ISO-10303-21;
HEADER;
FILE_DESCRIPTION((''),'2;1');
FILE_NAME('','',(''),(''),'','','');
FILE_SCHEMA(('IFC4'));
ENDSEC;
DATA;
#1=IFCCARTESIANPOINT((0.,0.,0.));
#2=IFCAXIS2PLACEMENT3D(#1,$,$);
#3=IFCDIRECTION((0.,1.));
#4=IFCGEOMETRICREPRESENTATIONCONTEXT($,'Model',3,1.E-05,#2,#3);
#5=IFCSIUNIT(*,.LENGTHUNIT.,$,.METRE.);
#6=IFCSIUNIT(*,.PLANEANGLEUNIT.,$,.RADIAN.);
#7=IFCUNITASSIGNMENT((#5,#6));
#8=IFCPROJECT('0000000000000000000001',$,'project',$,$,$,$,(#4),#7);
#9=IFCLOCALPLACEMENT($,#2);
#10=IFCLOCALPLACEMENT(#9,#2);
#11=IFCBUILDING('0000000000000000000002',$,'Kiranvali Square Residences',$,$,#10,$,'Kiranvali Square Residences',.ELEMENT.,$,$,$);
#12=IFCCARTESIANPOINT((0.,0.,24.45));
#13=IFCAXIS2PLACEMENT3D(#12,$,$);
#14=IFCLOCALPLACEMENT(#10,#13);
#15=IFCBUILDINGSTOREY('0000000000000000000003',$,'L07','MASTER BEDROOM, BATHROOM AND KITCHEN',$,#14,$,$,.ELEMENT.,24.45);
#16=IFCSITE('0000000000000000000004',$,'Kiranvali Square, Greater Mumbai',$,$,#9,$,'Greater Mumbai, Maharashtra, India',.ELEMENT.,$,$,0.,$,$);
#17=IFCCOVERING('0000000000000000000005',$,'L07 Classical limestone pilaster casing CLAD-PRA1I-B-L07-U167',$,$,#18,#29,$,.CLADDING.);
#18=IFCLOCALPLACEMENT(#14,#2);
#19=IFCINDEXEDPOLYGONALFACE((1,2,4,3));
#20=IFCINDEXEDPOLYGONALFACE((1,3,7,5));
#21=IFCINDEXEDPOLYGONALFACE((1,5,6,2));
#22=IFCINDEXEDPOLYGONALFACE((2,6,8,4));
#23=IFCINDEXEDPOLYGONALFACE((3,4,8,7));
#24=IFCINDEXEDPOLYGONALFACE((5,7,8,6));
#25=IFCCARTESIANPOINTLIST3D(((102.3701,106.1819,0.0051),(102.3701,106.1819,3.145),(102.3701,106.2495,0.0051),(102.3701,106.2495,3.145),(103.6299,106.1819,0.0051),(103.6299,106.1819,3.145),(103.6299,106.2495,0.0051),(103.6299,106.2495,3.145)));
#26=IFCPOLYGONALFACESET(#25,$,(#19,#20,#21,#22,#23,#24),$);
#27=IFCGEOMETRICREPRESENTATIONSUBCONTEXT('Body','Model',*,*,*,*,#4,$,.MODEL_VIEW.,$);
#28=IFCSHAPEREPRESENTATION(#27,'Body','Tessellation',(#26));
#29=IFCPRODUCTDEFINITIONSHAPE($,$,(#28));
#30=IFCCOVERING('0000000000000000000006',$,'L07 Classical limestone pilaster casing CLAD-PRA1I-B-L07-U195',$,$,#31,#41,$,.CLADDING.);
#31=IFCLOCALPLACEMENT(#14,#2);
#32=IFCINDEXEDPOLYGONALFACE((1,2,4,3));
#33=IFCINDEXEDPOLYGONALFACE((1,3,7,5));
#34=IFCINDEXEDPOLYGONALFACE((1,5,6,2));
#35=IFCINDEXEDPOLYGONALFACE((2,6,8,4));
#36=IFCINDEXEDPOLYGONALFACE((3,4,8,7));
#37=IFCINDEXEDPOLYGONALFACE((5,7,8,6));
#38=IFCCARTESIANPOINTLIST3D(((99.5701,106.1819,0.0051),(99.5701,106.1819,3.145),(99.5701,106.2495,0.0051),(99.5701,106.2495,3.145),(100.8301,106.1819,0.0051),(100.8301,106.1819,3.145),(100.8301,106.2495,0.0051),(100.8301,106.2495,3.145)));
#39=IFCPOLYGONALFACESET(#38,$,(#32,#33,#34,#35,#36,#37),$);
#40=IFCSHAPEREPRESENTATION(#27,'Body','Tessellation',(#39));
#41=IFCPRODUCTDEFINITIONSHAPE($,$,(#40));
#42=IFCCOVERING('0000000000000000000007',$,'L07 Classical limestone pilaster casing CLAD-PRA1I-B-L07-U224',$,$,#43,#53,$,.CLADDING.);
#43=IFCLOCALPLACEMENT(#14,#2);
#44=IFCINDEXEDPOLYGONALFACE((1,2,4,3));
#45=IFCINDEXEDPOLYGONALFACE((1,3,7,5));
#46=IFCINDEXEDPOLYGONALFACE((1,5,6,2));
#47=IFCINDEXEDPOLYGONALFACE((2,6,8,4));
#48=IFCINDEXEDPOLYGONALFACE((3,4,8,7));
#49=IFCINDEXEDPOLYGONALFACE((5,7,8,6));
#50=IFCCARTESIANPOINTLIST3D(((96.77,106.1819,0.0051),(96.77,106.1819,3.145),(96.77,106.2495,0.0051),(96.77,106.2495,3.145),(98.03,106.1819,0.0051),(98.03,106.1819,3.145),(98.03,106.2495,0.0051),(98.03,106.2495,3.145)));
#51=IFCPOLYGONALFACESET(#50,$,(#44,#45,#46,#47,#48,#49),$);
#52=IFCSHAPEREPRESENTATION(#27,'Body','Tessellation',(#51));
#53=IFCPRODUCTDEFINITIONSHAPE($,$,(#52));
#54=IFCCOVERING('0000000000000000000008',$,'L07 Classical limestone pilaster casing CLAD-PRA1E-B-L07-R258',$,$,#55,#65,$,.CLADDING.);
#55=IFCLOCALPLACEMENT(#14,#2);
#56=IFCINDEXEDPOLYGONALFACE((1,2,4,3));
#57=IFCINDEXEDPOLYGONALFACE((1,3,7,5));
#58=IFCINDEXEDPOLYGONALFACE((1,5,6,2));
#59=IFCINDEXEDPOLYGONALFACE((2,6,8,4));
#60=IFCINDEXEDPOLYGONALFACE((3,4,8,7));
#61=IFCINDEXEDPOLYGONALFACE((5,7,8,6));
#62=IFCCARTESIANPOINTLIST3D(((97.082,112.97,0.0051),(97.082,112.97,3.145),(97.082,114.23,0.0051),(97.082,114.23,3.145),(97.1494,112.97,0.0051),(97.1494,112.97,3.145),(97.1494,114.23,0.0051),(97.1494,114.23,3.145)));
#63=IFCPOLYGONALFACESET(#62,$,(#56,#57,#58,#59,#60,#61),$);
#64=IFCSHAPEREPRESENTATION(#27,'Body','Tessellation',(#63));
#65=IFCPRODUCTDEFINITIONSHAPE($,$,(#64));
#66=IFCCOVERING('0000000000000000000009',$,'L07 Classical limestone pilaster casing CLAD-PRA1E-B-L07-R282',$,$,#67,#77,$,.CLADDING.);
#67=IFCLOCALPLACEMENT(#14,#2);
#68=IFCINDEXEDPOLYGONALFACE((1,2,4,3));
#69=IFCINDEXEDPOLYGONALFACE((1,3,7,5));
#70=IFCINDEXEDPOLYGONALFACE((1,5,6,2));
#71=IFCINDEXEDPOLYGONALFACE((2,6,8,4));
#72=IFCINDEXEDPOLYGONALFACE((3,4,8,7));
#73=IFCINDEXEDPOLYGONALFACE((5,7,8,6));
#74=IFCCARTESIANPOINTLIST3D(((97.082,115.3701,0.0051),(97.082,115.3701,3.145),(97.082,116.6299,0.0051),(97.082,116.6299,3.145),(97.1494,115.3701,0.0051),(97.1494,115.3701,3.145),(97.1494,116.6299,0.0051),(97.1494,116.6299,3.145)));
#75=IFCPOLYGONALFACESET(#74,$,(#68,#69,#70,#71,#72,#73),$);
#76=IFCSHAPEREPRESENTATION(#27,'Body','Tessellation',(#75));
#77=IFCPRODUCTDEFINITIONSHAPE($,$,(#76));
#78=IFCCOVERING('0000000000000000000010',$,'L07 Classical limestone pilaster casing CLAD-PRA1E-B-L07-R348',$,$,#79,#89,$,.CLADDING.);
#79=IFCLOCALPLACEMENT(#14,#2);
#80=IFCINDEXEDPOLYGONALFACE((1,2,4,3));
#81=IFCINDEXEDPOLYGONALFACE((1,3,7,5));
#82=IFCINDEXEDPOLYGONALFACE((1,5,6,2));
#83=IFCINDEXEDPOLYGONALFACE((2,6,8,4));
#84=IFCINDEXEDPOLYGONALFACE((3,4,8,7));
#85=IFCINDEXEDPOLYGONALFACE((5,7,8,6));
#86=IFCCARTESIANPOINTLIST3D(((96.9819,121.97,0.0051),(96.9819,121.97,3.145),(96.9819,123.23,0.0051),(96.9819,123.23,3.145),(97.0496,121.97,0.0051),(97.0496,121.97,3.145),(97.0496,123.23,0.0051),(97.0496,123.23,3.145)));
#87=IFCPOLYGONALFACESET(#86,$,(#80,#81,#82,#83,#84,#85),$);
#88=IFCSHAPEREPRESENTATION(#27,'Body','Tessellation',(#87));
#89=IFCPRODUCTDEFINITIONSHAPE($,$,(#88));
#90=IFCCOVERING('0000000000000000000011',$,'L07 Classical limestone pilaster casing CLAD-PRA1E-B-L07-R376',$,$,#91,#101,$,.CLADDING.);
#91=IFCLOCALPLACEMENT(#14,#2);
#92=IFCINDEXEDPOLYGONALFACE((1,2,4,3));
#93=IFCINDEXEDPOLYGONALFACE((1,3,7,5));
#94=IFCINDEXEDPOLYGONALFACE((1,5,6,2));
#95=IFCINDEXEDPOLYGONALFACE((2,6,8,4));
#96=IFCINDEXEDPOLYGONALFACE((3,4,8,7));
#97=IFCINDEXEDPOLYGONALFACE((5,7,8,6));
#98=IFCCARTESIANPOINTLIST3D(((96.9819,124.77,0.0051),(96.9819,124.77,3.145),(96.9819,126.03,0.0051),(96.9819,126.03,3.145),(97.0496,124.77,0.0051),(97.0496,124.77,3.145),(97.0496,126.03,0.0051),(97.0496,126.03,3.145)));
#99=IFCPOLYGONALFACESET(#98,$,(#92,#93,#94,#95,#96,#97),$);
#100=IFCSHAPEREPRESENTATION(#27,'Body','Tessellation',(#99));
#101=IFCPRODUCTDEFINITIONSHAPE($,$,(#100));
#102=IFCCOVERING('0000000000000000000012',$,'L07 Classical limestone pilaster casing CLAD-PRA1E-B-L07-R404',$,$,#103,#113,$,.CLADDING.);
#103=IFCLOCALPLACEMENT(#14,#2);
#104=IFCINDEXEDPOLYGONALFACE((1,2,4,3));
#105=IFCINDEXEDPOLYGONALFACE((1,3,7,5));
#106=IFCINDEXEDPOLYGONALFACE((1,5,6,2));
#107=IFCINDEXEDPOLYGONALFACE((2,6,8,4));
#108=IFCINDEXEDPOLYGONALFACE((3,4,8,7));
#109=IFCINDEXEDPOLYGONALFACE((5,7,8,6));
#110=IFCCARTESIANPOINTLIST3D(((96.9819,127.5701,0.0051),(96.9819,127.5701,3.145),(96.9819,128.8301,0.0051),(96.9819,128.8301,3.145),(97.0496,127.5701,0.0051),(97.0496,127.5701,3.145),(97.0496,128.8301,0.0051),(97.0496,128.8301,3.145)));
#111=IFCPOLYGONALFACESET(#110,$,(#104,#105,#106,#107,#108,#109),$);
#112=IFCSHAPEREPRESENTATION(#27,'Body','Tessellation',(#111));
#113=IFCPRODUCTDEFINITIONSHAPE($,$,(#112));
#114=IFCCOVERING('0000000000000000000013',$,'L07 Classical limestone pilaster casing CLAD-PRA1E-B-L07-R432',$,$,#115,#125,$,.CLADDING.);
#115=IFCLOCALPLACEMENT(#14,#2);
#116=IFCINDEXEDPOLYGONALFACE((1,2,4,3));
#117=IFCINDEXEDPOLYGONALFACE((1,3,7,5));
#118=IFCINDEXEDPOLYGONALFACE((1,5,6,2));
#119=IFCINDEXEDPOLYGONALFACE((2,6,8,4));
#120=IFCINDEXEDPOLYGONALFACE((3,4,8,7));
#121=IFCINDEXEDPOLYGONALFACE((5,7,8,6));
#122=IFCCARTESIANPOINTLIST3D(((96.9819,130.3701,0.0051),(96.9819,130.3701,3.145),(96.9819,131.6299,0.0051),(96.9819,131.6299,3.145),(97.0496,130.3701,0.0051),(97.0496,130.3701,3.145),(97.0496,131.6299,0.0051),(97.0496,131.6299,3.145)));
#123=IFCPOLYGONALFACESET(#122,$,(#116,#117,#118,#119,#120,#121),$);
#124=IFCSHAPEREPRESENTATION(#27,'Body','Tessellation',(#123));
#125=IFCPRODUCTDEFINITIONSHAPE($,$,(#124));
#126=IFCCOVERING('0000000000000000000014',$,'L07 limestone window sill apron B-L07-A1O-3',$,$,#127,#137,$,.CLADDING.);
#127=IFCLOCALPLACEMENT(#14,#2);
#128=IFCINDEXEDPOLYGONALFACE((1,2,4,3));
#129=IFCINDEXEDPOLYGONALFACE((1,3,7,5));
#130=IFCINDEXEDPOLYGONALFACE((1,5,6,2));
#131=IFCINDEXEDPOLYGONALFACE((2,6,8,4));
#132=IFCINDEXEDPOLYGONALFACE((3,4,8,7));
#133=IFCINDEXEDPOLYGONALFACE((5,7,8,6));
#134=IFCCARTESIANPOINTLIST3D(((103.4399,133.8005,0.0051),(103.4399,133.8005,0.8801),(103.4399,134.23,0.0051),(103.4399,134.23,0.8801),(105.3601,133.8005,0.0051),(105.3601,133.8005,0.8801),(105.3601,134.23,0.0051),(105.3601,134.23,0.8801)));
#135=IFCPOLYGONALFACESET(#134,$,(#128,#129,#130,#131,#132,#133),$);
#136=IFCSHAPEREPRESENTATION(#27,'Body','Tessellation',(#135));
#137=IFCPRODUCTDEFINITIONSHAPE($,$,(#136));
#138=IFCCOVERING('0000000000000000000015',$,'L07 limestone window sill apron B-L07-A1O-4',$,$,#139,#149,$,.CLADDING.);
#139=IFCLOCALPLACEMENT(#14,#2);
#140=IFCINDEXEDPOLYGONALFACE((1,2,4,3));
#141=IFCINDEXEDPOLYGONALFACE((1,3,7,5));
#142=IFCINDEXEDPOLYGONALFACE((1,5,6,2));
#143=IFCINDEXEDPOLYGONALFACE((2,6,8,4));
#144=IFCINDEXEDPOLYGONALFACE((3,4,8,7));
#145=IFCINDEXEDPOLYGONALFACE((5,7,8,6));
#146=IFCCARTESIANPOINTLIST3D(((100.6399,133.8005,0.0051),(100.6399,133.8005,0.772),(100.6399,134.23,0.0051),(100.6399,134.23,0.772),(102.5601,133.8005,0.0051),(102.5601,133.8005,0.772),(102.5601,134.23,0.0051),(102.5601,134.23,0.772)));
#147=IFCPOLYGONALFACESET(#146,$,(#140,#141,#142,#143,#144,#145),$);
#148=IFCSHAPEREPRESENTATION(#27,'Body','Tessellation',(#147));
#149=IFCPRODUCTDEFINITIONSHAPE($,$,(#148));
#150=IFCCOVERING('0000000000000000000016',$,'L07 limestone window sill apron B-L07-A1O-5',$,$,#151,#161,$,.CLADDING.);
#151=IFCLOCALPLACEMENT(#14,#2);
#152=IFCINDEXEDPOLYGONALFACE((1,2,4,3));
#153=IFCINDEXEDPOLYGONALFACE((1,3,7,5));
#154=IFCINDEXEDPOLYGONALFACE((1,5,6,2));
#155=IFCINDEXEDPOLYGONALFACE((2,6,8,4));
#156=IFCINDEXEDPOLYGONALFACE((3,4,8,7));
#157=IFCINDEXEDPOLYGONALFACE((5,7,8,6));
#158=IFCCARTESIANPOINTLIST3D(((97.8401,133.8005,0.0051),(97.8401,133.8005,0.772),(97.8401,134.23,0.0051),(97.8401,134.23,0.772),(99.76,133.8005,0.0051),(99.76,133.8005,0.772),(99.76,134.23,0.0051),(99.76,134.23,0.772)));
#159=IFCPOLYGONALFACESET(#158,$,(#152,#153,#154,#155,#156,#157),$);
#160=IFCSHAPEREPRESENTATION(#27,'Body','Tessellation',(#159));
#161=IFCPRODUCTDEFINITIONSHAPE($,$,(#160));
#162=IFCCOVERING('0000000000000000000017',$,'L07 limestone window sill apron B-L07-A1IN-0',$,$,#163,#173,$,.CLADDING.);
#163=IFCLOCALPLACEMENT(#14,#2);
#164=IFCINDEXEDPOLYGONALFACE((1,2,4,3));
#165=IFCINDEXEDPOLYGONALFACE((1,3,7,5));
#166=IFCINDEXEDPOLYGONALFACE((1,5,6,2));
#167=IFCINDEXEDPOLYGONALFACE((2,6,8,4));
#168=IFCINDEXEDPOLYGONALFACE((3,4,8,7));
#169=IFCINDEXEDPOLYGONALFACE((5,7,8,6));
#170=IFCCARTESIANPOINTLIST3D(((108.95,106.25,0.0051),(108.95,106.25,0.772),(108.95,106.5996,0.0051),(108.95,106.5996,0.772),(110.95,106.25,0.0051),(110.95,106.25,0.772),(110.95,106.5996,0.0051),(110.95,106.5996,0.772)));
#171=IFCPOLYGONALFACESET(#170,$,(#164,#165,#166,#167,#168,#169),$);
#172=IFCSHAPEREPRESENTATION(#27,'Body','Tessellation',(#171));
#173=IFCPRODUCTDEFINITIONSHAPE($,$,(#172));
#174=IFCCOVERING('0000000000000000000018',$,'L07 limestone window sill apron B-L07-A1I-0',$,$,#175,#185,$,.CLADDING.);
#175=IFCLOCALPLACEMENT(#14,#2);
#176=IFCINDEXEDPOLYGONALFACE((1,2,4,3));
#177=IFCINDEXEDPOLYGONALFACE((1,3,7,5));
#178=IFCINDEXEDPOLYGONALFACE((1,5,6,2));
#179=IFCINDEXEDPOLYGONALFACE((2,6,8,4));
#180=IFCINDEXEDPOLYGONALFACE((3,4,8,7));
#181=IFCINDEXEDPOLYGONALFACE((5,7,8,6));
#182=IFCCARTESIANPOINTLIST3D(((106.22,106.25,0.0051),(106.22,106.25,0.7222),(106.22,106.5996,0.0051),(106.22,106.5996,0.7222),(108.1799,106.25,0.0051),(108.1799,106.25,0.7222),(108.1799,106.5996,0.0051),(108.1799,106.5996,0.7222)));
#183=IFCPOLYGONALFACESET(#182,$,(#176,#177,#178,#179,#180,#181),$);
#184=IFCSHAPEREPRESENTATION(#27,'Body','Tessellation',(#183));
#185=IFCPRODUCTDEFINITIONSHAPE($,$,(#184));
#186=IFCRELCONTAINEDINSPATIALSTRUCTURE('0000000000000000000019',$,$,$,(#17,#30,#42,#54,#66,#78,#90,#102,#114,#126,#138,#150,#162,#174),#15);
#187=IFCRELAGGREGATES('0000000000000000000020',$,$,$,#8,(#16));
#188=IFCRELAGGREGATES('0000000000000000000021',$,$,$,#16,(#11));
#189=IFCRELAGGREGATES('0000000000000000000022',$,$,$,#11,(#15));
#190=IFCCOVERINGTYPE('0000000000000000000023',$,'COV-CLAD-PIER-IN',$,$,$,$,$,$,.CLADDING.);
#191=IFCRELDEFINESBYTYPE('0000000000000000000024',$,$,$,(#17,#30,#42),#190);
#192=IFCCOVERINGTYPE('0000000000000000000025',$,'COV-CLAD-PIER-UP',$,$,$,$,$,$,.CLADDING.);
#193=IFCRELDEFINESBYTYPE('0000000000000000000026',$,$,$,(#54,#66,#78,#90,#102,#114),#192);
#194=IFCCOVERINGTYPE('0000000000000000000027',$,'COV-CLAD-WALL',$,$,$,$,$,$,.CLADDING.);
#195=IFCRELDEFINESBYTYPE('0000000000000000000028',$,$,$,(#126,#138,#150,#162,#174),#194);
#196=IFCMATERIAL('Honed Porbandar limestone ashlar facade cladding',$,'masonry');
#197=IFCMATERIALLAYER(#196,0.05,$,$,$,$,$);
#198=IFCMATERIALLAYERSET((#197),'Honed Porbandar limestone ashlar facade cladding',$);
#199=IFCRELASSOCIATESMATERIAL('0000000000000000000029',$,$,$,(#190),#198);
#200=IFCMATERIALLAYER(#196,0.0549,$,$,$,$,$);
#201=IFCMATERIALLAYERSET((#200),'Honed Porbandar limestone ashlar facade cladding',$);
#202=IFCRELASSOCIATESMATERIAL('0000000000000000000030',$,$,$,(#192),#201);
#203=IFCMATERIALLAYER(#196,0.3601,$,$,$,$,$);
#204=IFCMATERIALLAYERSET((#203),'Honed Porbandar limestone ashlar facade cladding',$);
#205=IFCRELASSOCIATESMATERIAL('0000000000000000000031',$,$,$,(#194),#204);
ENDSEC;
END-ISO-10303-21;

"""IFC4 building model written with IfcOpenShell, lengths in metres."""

from ifc_helpers import new_model, si_unit, direction, frame, origin, place, context, subcontext, project, spatial, polyline, outline, extrude, material, layer, layer_set, type_object, element, save


model = new_model("IFC4")

# Units and contexts
model_context = context("Model", 3, precision=1e-05, world=origin(), true_north=direction((0.0, 1.0)))
body_context = subcontext(model_context, "Body", "Model", "MODEL_VIEW")
ifc_project = project(units=[si_unit("LENGTHUNIT", "METRE"), si_unit("PLANEANGLEUNIT", "RADIAN")], contexts=[model_context])

# Site, building, storey
site_placement = place(None, origin())
site = spatial("IfcSite", under=ifc_project, at=site_placement, Name="Kiranvali Square, Greater Mumbai", LongName="Greater Mumbai, Maharashtra, India", CompositionType="ELEMENT", RefElevation=0.0)
building_placement = place(site_placement, origin())
building = spatial("IfcBuilding", under=site, at=building_placement, Name="Kiranvali Square Residences", LongName="Kiranvali Square Residences", CompositionType="ELEMENT")
storey_placement = place(building_placement, frame((0.0, 0.0, 24.45)))
storey = spatial("IfcBuildingStorey", under=building, at=storey_placement, Name="L07", Description="MASTER BEDROOM, BATHROOM AND KITCHEN", CompositionType="ELEMENT", Elevation=24.45)

# Coverings
ifc_material_1 = material(Name="Honed Porbandar limestone ashlar facade cladding", Category="masonry")
ifc_layer_1 = layer(ifc_material_1, 0.05)
ifc_layer_set_1 = layer_set([ifc_layer_1], Name="Honed Porbandar limestone ashlar facade cladding")
covering_type_1 = type_object("IfcCoveringType", Name="COV-CLAD-PIER-IN", PredefinedType="CLADDING", material=ifc_layer_set_1)
covering_1_placement = place(storey_placement, frame((0.0, 0.0, 0.0051)))
element("IfcCovering", 1, at=covering_1_placement, inside=storey, type_object=covering_type_1, Name="L07 Classical limestone pilaster casing CLAD-PRA1I-B-L07-U167", PredefinedType="CLADDING", context=body_context, shape_type="SweptSolid", body=[
    extrude(outline(polyline([(103.6299, 106.2495), (102.3701, 106.2495), (102.3701, 106.1819), (103.6299, 106.1819), (103.6299, 106.2495)])), origin(), (0.0, 0.0, 1.0), 3.1399),
])
covering_2_placement = place(storey_placement, frame((0.0, 0.0, 0.0051)))
element("IfcCovering", 2, at=covering_2_placement, inside=storey, type_object=covering_type_1, Name="L07 Classical limestone pilaster casing CLAD-PRA1I-B-L07-U195", PredefinedType="CLADDING", context=body_context, shape_type="SweptSolid", body=[
    extrude(outline(polyline([(100.8301, 106.2495), (99.5701, 106.2495), (99.5701, 106.1819), (100.8301, 106.1819), (100.8301, 106.2495)])), origin(), (0.0, 0.0, 1.0), 3.1399),
])
covering_3_placement = place(storey_placement, frame((0.0, 0.0, 0.0051)))
element("IfcCovering", 3, at=covering_3_placement, inside=storey, type_object=covering_type_1, Name="L07 Classical limestone pilaster casing CLAD-PRA1I-B-L07-U224", PredefinedType="CLADDING", context=body_context, shape_type="SweptSolid", body=[
    extrude(outline(polyline([(98.03, 106.2495), (96.77, 106.2495), (96.77, 106.1819), (98.03, 106.1819), (98.03, 106.2495)])), origin(), (0.0, 0.0, 1.0), 3.1399),
])
ifc_layer_2 = layer(ifc_material_1, 0.0549)
ifc_layer_set_2 = layer_set([ifc_layer_2], Name="Honed Porbandar limestone ashlar facade cladding")
covering_type_2 = type_object("IfcCoveringType", Name="COV-CLAD-PIER-UP", PredefinedType="CLADDING", material=ifc_layer_set_2)
covering_4_placement = place(storey_placement, frame((0.0, 0.0, 0.0051)))
element("IfcCovering", 4, at=covering_4_placement, inside=storey, type_object=covering_type_2, Name="L07 Classical limestone pilaster casing CLAD-PRA1E-B-L07-R258", PredefinedType="CLADDING", context=body_context, shape_type="SweptSolid", body=[
    extrude(outline(polyline([(97.1494, 112.97), (97.1494, 114.23), (97.082, 114.23), (97.082, 112.97), (97.1494, 112.97)])), origin(), (0.0, 0.0, 1.0), 3.1399),
])
covering_5_placement = place(storey_placement, frame((0.0, 0.0, 0.0051)))
element("IfcCovering", 5, at=covering_5_placement, inside=storey, type_object=covering_type_2, Name="L07 Classical limestone pilaster casing CLAD-PRA1E-B-L07-R282", PredefinedType="CLADDING", context=body_context, shape_type="SweptSolid", body=[
    extrude(outline(polyline([(97.1494, 115.3701), (97.1494, 116.6299), (97.082, 116.6299), (97.082, 115.3701), (97.1494, 115.3701)])), origin(), (0.0, 0.0, 1.0), 3.1399),
])
covering_6_placement = place(storey_placement, frame((0.0, 0.0, 0.0051)))
element("IfcCovering", 6, at=covering_6_placement, inside=storey, type_object=covering_type_2, Name="L07 Classical limestone pilaster casing CLAD-PRA1E-B-L07-R348", PredefinedType="CLADDING", context=body_context, shape_type="SweptSolid", body=[
    extrude(outline(polyline([(97.0496, 121.97), (97.0496, 123.23), (96.9819, 123.23), (96.9819, 121.97), (97.0496, 121.97)])), origin(), (0.0, 0.0, 1.0), 3.1399),
])
covering_7_placement = place(storey_placement, frame((0.0, 0.0, 0.0051)))
element("IfcCovering", 7, at=covering_7_placement, inside=storey, type_object=covering_type_2, Name="L07 Classical limestone pilaster casing CLAD-PRA1E-B-L07-R376", PredefinedType="CLADDING", context=body_context, shape_type="SweptSolid", body=[
    extrude(outline(polyline([(97.0496, 124.77), (97.0496, 126.03), (96.9819, 126.03), (96.9819, 124.77), (97.0496, 124.77)])), origin(), (0.0, 0.0, 1.0), 3.1399),
])
covering_8_placement = place(storey_placement, frame((0.0, 0.0, 0.0051)))
element("IfcCovering", 8, at=covering_8_placement, inside=storey, type_object=covering_type_2, Name="L07 Classical limestone pilaster casing CLAD-PRA1E-B-L07-R404", PredefinedType="CLADDING", context=body_context, shape_type="SweptSolid", body=[
    extrude(outline(polyline([(97.0496, 127.5701), (97.0496, 128.8301), (96.9819, 128.8301), (96.9819, 127.5701), (97.0496, 127.5701)])), origin(), (0.0, 0.0, 1.0), 3.1399),
])
covering_9_placement = place(storey_placement, frame((0.0, 0.0, 0.0051)))
element("IfcCovering", 9, at=covering_9_placement, inside=storey, type_object=covering_type_2, Name="L07 Classical limestone pilaster casing CLAD-PRA1E-B-L07-R432", PredefinedType="CLADDING", context=body_context, shape_type="SweptSolid", body=[
    extrude(outline(polyline([(97.0496, 130.3701), (97.0496, 131.6299), (96.9819, 131.6299), (96.9819, 130.3701), (97.0496, 130.3701)])), origin(), (0.0, 0.0, 1.0), 3.1399),
])
ifc_layer_3 = layer(ifc_material_1, 0.3601)
ifc_layer_set_3 = layer_set([ifc_layer_3], Name="Honed Porbandar limestone ashlar facade cladding")
covering_type_3 = type_object("IfcCoveringType", Name="COV-CLAD-WALL", PredefinedType="CLADDING", material=ifc_layer_set_3)
covering_10_placement = place(storey_placement, frame((0.0, 0.0, 0.0051)))
element("IfcCovering", 10, at=covering_10_placement, inside=storey, type_object=covering_type_3, Name="L07 limestone window sill apron B-L07-A1O-3", PredefinedType="CLADDING", context=body_context, shape_type="SweptSolid", body=[
    extrude(outline(polyline([(105.3601, 134.23), (103.4399, 134.23), (103.4399, 133.8005), (105.3601, 133.8005), (105.3601, 134.23)])), origin(), (0.0, 0.0, 1.0), 0.875),
])
covering_11_placement = place(storey_placement, frame((0.0, 0.0, 0.0051)))
element("IfcCovering", 11, at=covering_11_placement, inside=storey, type_object=covering_type_3, Name="L07 limestone window sill apron B-L07-A1O-4", PredefinedType="CLADDING", context=body_context, shape_type="SweptSolid", body=[
    extrude(outline(polyline([(102.5601, 134.23), (100.6399, 134.23), (100.6399, 133.8005), (102.5601, 133.8005), (102.5601, 134.23)])), origin(), (0.0, 0.0, 1.0), 0.7668),
])
covering_12_placement = place(storey_placement, frame((0.0, 0.0, 0.0051)))
element("IfcCovering", 12, at=covering_12_placement, inside=storey, type_object=covering_type_3, Name="L07 limestone window sill apron B-L07-A1O-5", PredefinedType="CLADDING", context=body_context, shape_type="SweptSolid", body=[
    extrude(outline(polyline([(99.76, 134.23), (97.8401, 134.23), (97.8401, 133.8005), (99.76, 133.8005), (99.76, 134.23)])), origin(), (0.0, 0.0, 1.0), 0.7668),
])
covering_13_placement = place(storey_placement, frame((0.0, 0.0, 0.0051)))
element("IfcCovering", 13, at=covering_13_placement, inside=storey, type_object=covering_type_3, Name="L07 limestone window sill apron B-L07-A1IN-0", PredefinedType="CLADDING", context=body_context, shape_type="SweptSolid", body=[
    extrude(outline(polyline([(110.95, 106.5996), (108.95, 106.5996), (108.95, 106.25), (110.95, 106.25), (110.95, 106.5996)])), origin(), (0.0, 0.0, 1.0), 0.7668),
])
covering_14_placement = place(storey_placement, frame((0.0, 0.0, 0.0051)))
element("IfcCovering", 14, at=covering_14_placement, inside=storey, type_object=covering_type_3, Name="L07 limestone window sill apron B-L07-A1I-0", PredefinedType="CLADDING", context=body_context, shape_type="SweptSolid", body=[
    extrude(outline(polyline([(108.1799, 106.5996), (106.22, 106.5996), (106.22, 106.25), (108.1799, 106.25), (108.1799, 106.5996)])), origin(), (0.0, 0.0, 1.0), 0.717),
])

save(model, "model.ifc")
